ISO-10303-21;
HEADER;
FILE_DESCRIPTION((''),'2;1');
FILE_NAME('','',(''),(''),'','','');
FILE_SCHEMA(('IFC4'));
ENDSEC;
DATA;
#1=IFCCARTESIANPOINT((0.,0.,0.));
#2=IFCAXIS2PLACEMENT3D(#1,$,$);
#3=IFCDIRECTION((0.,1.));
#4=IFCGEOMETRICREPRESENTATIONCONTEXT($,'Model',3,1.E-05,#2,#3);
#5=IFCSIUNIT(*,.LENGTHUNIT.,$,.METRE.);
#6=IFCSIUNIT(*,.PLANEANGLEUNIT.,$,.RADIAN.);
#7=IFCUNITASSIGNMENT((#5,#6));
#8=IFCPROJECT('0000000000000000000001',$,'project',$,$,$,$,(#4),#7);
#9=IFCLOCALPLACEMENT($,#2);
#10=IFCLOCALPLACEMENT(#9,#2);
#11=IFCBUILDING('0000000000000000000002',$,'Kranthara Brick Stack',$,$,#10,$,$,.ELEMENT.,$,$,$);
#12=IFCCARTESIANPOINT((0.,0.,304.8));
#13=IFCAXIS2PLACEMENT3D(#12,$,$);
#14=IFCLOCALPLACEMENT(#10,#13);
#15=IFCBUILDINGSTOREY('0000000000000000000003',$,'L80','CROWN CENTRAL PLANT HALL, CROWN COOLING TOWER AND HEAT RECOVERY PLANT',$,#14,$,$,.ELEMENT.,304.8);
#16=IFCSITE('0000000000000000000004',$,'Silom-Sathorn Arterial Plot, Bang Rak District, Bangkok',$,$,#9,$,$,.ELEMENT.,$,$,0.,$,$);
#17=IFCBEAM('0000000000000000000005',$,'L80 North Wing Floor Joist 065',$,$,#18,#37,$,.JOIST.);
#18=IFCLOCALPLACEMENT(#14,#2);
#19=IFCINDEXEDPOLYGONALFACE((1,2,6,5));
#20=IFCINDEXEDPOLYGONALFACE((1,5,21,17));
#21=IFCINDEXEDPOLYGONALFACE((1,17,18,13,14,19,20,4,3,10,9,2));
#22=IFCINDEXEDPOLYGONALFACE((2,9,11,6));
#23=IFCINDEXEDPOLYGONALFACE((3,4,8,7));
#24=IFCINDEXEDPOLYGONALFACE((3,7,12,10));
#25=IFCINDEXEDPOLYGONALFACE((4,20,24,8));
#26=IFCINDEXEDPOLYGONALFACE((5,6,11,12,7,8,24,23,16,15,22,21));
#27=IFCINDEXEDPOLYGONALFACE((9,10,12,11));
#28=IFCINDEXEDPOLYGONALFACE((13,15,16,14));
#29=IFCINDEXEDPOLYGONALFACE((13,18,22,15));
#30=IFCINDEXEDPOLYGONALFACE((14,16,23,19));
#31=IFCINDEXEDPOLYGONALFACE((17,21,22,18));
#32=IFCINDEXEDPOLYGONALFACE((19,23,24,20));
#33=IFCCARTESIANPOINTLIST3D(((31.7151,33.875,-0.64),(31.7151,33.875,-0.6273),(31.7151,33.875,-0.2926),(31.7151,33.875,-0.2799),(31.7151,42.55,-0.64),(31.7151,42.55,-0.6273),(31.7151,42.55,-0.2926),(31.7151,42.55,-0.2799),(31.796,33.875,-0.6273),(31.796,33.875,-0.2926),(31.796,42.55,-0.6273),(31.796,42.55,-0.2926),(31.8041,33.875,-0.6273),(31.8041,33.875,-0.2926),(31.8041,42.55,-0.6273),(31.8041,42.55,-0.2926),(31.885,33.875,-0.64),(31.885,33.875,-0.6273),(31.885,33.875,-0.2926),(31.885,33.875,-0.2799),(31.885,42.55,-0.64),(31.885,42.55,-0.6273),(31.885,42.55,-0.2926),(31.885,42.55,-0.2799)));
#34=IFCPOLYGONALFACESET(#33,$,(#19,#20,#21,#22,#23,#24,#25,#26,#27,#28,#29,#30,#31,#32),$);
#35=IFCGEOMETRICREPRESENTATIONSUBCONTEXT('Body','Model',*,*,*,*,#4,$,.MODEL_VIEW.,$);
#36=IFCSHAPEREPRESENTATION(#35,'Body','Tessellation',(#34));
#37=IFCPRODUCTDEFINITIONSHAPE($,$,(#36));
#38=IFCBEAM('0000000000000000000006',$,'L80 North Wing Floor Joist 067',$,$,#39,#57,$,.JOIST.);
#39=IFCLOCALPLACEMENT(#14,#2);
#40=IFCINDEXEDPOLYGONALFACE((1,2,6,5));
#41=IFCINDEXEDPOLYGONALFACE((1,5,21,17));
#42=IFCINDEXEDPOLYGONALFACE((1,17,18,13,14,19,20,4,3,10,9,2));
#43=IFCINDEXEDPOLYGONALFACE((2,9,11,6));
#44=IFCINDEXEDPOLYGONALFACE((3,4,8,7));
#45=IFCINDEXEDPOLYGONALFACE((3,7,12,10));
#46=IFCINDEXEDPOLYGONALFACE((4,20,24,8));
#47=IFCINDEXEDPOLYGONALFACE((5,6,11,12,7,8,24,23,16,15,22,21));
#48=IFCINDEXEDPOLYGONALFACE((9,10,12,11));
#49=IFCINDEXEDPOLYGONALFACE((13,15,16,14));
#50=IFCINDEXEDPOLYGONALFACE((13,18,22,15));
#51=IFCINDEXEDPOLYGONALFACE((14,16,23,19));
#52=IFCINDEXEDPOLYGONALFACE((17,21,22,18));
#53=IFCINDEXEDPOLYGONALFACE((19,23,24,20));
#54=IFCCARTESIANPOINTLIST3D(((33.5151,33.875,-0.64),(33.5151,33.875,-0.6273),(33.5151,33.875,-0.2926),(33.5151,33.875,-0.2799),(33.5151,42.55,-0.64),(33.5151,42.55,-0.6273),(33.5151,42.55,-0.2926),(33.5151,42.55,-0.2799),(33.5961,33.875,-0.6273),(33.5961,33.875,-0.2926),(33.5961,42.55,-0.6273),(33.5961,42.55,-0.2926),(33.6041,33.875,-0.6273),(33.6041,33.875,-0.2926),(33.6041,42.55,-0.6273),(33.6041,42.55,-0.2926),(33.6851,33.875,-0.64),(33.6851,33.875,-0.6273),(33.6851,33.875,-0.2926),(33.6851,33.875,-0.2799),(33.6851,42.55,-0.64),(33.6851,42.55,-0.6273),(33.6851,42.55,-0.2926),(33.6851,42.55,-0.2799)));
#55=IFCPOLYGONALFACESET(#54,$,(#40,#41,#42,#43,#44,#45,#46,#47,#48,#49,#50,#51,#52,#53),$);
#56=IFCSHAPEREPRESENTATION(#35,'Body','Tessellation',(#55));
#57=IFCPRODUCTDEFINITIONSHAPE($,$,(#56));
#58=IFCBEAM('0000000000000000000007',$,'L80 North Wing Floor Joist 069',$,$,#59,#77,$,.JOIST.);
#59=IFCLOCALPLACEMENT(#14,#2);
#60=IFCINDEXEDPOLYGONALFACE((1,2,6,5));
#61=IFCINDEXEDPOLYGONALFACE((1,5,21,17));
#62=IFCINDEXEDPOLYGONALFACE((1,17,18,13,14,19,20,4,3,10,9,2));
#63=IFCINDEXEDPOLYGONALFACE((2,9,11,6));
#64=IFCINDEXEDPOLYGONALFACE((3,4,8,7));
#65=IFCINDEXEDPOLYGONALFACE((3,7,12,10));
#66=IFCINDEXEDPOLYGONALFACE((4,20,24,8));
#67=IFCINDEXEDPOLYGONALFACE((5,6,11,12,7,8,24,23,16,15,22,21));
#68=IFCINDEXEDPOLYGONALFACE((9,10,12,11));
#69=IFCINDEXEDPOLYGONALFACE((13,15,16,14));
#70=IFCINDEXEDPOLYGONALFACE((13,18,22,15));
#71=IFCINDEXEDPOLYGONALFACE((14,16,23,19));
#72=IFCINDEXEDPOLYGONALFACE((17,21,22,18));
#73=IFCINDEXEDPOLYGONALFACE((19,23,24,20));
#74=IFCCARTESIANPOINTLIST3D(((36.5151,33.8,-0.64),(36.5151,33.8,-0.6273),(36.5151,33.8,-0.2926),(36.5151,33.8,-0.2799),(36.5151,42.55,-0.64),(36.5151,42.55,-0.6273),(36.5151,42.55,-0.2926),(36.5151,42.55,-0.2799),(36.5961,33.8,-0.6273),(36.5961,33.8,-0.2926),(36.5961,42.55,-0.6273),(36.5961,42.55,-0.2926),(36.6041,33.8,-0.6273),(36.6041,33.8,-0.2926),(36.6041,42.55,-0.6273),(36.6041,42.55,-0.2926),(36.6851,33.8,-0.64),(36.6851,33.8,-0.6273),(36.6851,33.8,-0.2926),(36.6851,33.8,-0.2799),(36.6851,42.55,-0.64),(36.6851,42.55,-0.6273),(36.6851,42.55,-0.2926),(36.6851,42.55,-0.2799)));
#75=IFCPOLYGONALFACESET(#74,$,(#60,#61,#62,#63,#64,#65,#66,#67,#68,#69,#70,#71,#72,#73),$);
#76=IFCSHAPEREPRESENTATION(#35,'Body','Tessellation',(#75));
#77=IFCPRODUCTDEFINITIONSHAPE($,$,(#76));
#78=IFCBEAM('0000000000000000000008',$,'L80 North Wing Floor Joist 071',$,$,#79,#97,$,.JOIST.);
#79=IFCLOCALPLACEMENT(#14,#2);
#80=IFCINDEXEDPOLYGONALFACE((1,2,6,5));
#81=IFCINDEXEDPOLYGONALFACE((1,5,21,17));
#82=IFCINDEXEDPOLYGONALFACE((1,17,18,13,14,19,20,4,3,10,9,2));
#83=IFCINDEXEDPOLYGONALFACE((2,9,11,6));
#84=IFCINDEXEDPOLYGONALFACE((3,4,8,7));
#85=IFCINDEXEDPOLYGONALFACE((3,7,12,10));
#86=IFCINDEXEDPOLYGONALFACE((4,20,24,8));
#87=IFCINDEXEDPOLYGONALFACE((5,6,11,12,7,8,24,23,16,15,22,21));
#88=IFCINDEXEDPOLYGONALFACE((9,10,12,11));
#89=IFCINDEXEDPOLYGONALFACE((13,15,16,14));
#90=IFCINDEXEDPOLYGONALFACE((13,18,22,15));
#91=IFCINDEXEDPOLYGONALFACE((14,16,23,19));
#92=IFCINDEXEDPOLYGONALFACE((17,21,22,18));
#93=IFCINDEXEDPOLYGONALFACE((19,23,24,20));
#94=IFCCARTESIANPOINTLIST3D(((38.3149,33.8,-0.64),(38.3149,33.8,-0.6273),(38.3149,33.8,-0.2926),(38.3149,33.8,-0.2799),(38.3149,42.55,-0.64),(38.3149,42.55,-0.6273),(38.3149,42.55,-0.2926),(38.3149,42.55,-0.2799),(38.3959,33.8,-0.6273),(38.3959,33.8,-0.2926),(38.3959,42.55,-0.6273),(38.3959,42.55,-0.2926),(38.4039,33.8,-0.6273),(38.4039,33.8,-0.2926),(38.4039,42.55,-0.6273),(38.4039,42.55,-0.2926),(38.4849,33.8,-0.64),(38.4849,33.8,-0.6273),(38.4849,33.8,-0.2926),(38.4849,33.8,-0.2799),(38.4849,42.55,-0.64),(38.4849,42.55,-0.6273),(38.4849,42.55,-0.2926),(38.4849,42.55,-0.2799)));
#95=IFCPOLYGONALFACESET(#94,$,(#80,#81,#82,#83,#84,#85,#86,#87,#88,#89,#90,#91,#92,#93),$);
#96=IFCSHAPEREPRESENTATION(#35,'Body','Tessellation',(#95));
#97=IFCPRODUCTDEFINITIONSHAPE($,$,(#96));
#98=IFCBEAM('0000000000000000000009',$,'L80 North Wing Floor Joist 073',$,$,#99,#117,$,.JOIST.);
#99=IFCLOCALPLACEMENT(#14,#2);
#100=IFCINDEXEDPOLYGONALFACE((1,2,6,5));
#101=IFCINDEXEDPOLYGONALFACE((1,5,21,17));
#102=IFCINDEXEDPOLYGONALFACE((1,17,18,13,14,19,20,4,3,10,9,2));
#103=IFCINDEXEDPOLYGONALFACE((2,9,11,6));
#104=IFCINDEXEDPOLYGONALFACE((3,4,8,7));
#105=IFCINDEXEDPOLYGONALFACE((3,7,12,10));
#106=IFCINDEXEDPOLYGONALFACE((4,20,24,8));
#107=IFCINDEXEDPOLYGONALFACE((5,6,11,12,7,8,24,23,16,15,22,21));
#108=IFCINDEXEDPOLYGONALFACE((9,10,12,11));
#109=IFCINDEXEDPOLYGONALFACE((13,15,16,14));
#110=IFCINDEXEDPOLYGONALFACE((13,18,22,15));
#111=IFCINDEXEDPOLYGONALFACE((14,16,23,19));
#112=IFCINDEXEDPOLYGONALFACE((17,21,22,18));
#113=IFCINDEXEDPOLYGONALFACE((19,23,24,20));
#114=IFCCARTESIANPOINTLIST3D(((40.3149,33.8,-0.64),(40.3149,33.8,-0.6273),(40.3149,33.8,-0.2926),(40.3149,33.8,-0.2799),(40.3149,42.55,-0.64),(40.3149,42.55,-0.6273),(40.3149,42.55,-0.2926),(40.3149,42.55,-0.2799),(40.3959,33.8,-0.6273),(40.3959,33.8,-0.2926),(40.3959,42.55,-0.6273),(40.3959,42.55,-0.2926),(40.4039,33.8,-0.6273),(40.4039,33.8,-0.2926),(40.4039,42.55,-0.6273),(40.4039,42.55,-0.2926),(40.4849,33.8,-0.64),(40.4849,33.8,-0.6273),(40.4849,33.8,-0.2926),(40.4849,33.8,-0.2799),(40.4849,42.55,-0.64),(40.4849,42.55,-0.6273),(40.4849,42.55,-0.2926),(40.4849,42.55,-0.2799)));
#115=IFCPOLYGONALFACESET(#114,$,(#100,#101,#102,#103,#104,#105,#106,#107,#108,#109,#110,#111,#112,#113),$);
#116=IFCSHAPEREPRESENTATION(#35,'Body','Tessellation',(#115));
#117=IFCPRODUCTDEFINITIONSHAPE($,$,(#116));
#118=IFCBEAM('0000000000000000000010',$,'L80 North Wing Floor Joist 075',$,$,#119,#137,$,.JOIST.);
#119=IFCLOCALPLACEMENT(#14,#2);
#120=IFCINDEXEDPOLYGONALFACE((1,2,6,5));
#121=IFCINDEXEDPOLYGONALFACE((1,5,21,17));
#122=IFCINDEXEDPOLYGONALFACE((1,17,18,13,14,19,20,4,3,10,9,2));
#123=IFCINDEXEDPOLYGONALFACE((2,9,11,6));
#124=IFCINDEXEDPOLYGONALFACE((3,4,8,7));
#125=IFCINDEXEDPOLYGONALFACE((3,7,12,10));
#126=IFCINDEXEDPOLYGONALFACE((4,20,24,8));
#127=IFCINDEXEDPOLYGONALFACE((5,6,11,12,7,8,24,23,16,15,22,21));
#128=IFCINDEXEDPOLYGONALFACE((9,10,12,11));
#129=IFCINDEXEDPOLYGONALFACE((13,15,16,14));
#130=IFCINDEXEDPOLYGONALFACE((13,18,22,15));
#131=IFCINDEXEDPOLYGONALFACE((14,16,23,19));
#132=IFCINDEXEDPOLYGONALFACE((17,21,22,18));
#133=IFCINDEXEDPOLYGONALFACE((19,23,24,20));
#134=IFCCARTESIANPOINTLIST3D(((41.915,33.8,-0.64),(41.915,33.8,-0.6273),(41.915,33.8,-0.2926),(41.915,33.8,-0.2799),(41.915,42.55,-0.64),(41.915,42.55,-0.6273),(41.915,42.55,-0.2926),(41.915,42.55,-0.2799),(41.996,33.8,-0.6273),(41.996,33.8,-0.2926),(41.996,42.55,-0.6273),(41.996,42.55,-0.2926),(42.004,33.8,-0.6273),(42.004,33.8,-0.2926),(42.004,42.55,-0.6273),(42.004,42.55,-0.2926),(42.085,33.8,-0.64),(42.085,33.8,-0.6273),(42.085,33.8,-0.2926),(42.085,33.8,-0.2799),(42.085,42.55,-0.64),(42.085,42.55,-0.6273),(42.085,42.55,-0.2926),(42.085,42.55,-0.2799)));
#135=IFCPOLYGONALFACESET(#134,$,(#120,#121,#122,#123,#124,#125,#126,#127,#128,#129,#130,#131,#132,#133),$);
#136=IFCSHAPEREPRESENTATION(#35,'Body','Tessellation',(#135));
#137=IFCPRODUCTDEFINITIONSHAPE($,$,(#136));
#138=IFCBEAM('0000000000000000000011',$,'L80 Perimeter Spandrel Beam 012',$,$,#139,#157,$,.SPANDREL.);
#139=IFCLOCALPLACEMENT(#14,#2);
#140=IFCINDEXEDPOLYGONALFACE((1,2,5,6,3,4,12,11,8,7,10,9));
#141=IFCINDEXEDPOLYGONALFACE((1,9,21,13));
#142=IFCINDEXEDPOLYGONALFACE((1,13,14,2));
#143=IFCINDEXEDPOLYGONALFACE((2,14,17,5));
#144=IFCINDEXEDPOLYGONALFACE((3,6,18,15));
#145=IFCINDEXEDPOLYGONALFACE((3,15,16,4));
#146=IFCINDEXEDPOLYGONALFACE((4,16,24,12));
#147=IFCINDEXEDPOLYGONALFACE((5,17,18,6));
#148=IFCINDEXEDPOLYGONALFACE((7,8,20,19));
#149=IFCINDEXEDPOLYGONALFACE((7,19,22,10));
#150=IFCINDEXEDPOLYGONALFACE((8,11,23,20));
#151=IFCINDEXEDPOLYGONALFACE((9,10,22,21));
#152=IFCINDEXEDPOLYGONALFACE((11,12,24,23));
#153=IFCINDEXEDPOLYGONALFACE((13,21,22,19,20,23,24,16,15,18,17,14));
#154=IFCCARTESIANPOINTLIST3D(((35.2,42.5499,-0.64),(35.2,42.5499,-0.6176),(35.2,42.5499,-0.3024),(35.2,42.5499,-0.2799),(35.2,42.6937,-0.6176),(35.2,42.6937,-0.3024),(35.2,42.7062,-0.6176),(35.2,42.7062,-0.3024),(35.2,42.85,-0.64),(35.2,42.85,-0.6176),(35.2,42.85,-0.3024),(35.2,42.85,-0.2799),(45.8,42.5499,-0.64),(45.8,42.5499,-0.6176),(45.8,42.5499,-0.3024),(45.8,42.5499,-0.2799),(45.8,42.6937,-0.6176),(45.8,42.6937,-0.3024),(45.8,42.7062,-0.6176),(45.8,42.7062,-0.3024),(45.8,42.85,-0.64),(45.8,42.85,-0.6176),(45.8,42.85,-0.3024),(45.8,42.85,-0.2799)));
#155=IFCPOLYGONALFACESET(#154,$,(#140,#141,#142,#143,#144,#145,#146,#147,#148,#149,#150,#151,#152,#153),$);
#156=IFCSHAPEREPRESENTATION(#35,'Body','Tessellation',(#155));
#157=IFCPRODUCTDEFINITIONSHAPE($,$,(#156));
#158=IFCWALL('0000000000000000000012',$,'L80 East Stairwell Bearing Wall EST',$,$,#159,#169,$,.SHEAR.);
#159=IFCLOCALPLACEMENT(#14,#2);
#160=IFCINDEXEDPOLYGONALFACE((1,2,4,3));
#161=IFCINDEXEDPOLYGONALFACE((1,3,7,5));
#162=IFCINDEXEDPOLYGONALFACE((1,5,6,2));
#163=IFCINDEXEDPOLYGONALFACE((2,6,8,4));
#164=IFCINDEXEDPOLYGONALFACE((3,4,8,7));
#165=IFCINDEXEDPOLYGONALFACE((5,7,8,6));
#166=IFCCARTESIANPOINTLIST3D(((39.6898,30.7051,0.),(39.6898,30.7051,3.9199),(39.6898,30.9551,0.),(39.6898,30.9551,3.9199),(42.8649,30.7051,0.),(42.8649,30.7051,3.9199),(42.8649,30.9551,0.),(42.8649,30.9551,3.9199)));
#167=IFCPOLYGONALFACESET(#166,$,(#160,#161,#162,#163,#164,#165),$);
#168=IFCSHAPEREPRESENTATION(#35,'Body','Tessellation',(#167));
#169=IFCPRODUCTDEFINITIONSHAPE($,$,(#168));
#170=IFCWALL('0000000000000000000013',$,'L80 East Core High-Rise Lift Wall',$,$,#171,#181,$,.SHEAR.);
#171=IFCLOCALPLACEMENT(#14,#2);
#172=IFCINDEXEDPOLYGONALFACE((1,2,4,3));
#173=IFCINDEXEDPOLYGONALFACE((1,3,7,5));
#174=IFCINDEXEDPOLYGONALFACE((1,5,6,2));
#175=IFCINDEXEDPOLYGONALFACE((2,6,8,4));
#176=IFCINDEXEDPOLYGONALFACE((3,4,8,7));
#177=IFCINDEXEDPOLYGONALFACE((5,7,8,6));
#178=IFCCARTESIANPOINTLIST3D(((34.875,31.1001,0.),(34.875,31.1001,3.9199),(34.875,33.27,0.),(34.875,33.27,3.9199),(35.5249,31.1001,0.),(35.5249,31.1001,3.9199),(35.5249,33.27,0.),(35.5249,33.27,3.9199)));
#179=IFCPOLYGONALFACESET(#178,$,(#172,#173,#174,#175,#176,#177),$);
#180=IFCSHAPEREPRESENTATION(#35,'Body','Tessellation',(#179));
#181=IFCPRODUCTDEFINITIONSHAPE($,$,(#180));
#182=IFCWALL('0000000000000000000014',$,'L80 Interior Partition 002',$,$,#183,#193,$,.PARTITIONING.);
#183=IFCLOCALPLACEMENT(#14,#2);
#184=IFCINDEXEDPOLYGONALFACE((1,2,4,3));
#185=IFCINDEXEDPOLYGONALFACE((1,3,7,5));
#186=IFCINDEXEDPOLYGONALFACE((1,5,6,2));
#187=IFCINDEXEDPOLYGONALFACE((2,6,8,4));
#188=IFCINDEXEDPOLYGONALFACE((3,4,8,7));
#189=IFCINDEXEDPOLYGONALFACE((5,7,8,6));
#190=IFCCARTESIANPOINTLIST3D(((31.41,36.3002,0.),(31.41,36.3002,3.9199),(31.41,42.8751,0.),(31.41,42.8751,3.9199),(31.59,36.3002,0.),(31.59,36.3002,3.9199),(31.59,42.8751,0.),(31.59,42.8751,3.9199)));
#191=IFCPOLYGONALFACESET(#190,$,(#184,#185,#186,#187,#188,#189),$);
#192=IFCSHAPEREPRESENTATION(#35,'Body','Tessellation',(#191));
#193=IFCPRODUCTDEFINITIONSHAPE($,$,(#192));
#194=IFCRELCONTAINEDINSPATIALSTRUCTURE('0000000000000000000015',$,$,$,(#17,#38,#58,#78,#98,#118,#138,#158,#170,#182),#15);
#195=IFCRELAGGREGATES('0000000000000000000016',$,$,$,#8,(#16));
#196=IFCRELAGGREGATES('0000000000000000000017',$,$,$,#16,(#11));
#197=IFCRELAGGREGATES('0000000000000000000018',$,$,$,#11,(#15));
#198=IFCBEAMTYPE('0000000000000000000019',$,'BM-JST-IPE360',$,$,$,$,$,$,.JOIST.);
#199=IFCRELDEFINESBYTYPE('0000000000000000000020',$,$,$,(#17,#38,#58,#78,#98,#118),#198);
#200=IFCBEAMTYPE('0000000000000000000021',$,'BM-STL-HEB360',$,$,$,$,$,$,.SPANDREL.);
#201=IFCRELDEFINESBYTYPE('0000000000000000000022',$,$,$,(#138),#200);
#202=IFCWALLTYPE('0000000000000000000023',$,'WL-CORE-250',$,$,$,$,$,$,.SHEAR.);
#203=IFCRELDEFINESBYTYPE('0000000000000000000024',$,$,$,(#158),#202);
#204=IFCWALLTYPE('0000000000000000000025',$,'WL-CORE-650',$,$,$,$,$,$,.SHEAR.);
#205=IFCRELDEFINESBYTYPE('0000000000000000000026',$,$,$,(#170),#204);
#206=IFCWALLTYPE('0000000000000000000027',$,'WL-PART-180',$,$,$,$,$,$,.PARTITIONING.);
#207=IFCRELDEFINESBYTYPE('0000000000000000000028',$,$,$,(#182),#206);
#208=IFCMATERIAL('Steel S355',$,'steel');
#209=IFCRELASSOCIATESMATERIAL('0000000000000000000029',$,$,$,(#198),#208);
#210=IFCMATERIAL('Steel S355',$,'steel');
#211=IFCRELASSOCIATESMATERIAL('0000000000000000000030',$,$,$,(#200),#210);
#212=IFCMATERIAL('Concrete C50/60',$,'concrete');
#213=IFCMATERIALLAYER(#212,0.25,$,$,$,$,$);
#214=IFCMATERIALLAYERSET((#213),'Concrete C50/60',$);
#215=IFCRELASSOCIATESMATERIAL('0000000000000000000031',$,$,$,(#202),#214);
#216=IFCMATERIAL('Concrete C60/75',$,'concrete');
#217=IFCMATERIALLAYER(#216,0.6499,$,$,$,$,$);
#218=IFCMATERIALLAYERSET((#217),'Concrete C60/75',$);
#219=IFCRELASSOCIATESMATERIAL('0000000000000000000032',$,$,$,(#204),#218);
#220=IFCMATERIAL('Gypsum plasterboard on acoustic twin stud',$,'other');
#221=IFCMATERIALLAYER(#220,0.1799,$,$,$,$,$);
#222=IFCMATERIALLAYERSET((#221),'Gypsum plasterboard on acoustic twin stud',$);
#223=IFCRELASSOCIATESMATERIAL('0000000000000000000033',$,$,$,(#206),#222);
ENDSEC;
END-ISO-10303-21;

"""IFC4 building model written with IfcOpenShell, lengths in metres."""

from ifc_helpers import new_model, si_unit, direction, frame, frame_2d, origin, origin_2d, place, context, subcontext, project, spatial, rectangle, i_section, extrude, material, layer, layer_set, material_profile, profile_set, type_object, element, save


model = new_model("IFC4")

# Units and contexts
model_context = context("Model", 3, precision=1e-05, world=origin(), true_north=direction((0.0, 1.0)))
body_context = subcontext(model_context, "Body", "Model", "MODEL_VIEW")
ifc_project = project(units=[si_unit("LENGTHUNIT", "METRE"), si_unit("PLANEANGLEUNIT", "RADIAN")], contexts=[model_context])

# Site, building, storey
site_placement = place(None, origin())
site = spatial("IfcSite", under=ifc_project, at=site_placement, Name="Silom-Sathorn Arterial Plot, Bang Rak District, Bangkok", CompositionType="ELEMENT", RefElevation=0.0)
building_placement = place(site_placement, origin())
building = spatial("IfcBuilding", under=site, at=building_placement, Name="Kranthara Brick Stack", CompositionType="ELEMENT")
storey_placement = place(building_placement, frame((0.0, 0.0, 304.8)))
storey = spatial("IfcBuildingStorey", under=building, at=storey_placement, Name="L80", Description="CROWN CENTRAL PLANT HALL, CROWN COOLING TOWER AND HEAT RECOVERY PLANT", CompositionType="ELEMENT", Elevation=304.8)

# Beams
ifc_material_1 = material(Name="Steel S355", Category="steel")
ifc_material_profile_1 = material_profile(ifc_material_1, i_section(OverallWidth=0.1699, OverallDepth=0.3601, WebThickness=0.0081, FlangeThickness=0.0127, at=origin_2d()), Name="IPE 360")
ifc_profile_set_1 = profile_set([ifc_material_profile_1], Name="Steel S355")
beam_type_1 = type_object("IfcBeamType", Name="BM-JST-IPE360", PredefinedType="JOIST", material=ifc_profile_set_1)
for number, where, z_axis, x_axis, name in (
    (1, (31.8, 33.875, -0.46), (0.0, 1.0, 0.0), (-1.0, 0.0, 0.0), "L80 North Wing Floor Joist 065"),
    (2, (33.6001, 33.875, -0.46), (0.0, 1.0, 0.0), (-1.0, 0.0, 0.0), "L80 North Wing Floor Joist 067"),
):
    element("IfcBeam", number, at=place(storey_placement, frame(where, z_axis=z_axis, x_axis=x_axis)), inside=storey, type_object=beam_type_1, Name=name, PredefinedType="JOIST", context=body_context, shape_type="SweptSolid", body=[
        extrude(i_section(OverallWidth=0.1699, OverallDepth=0.3601, WebThickness=0.0081, FlangeThickness=0.0127, at=origin_2d()), origin(), (0.0, 0.0, 1.0), 8.675),
    ])
for number, where, z_axis, x_axis, name in (
    (3, (36.6001, 33.8, -0.46), (0.0, 1.0, 0.0), (-1.0, 0.0, 0.0), "L80 North Wing Floor Joist 069"),
    (4, (38.3999, 33.8, -0.46), (0.0, 1.0, 0.0), (-1.0, 0.0, 0.0), "L80 North Wing Floor Joist 071"),
    (5, (40.3999, 33.8, -0.46), (0.0, 1.0, 0.0), (-1.0, 0.0, 0.0), "L80 North Wing Floor Joist 073"),
    (6, (42.0, 33.8, -0.46), (0.0, 1.0, 0.0), (-1.0, 0.0, 0.0), "L80 North Wing Floor Joist 075"),
):
    element("IfcBeam", number, at=place(storey_placement, frame(where, z_axis=z_axis, x_axis=x_axis)), inside=storey, type_object=beam_type_1, Name=name, PredefinedType="JOIST", context=body_context, shape_type="SweptSolid", body=[
        extrude(i_section(OverallWidth=0.1699, OverallDepth=0.3601, WebThickness=0.0081, FlangeThickness=0.0127, at=origin_2d()), origin(), (0.0, 0.0, 1.0), 8.75),
    ])
ifc_material_2 = material(Name="Steel S355", Category="steel")
ifc_material_profile_2 = material_profile(ifc_material_2, i_section(OverallWidth=0.3, OverallDepth=0.3601, WebThickness=0.0125, FlangeThickness=0.0225, at=origin_2d()), Name="HEB 360")
ifc_profile_set_2 = profile_set([ifc_material_profile_2], Name="Steel S355")
beam_type_2 = type_object("IfcBeamType", Name="BM-STL-HEB360", PredefinedType="SPANDREL", material=ifc_profile_set_2)
beam_1_placement = place(storey_placement, frame((35.2, 42.7, -0.46), z_axis=(1.0, 0.0, 0.0), x_axis=(0.0, 1.0, 0.0)))
element("IfcBeam", 7, at=beam_1_placement, inside=storey, type_object=beam_type_2, Name="L80 Perimeter Spandrel Beam 012", PredefinedType="SPANDREL", context=body_context, shape_type="SweptSolid", body=[
    extrude(i_section(OverallWidth=0.3, OverallDepth=0.3601, WebThickness=0.0125, FlangeThickness=0.0225, at=origin_2d()), origin(), (0.0, 0.0, 1.0), 10.6001),
])

# Wall
ifc_material_3 = material(Name="Concrete C50/60", Category="concrete")
ifc_layer_1 = layer(ifc_material_3, 0.25)
ifc_layer_set_1 = layer_set([ifc_layer_1], Name="Concrete C50/60")
wall_type_1 = type_object("IfcWallType", Name="WL-CORE-250", PredefinedType="SHEAR", material=ifc_layer_set_1)
wall_1_placement = place(storey_placement, frame((39.6899, 30.8301, 0.0), z_axis=(0.0, 0.0, 1.0), x_axis=(1.0, 0.0, 0.0)))
element("IfcWall", 8, at=wall_1_placement, inside=storey, type_object=wall_type_1, Name="L80 East Stairwell Bearing Wall EST", PredefinedType="SHEAR", context=body_context, shape_type="SweptSolid", body=[
    extrude(rectangle(XDim=3.175, YDim=0.25, at=frame_2d((1.5874, 0.0))), origin(), (0.0, 0.0, 1.0), 3.9199),
])

# Shared definitions
ifc_material_4 = material(Name="Concrete C60/75", Category="concrete")
ifc_layer_2 = layer(ifc_material_4, 0.6499)
ifc_layer_set_2 = layer_set([ifc_layer_2], Name="Concrete C60/75")
wall_type_2 = type_object("IfcWallType", Name="WL-CORE-650", PredefinedType="SHEAR", material=ifc_layer_set_2)

# Walls
wall_2_placement = place(storey_placement, frame((35.2, 31.1001, 0.0), z_axis=(0.0, 0.0, 1.0), x_axis=(0.0, 1.0, 0.0)))
element("IfcWall", 9, at=wall_2_placement, inside=storey, type_object=wall_type_2, Name="L80 East Core High-Rise Lift Wall", PredefinedType="SHEAR", context=body_context, shape_type="SweptSolid", body=[
    extrude(rectangle(XDim=2.1699, YDim=0.6499, at=frame_2d((1.085, 0.0))), origin(), (0.0, 0.0, 1.0), 3.9199),
])
ifc_material_5 = material(Name="Gypsum plasterboard on acoustic twin stud", Category="other")
ifc_layer_3 = layer(ifc_material_5, 0.1799)
ifc_layer_set_3 = layer_set([ifc_layer_3], Name="Gypsum plasterboard on acoustic twin stud")
wall_type_3 = type_object("IfcWallType", Name="WL-PART-180", PredefinedType="PARTITIONING", material=ifc_layer_set_3)
wall_3_placement = place(storey_placement, frame((31.5, 36.3, 0.0), z_axis=(0.0, 0.0, 1.0), x_axis=(0.0, 1.0, 0.0)))
element("IfcWall", 10, at=wall_3_placement, inside=storey, type_object=wall_type_3, Name="L80 Interior Partition 002", PredefinedType="PARTITIONING", context=body_context, shape_type="SweptSolid", body=[
    extrude(rectangle(XDim=6.575, YDim=0.1799, at=frame_2d((3.2876, 0.0))), origin(), (0.0, 0.0, 1.0), 3.9199),
])

save(model, "model.ifc")
